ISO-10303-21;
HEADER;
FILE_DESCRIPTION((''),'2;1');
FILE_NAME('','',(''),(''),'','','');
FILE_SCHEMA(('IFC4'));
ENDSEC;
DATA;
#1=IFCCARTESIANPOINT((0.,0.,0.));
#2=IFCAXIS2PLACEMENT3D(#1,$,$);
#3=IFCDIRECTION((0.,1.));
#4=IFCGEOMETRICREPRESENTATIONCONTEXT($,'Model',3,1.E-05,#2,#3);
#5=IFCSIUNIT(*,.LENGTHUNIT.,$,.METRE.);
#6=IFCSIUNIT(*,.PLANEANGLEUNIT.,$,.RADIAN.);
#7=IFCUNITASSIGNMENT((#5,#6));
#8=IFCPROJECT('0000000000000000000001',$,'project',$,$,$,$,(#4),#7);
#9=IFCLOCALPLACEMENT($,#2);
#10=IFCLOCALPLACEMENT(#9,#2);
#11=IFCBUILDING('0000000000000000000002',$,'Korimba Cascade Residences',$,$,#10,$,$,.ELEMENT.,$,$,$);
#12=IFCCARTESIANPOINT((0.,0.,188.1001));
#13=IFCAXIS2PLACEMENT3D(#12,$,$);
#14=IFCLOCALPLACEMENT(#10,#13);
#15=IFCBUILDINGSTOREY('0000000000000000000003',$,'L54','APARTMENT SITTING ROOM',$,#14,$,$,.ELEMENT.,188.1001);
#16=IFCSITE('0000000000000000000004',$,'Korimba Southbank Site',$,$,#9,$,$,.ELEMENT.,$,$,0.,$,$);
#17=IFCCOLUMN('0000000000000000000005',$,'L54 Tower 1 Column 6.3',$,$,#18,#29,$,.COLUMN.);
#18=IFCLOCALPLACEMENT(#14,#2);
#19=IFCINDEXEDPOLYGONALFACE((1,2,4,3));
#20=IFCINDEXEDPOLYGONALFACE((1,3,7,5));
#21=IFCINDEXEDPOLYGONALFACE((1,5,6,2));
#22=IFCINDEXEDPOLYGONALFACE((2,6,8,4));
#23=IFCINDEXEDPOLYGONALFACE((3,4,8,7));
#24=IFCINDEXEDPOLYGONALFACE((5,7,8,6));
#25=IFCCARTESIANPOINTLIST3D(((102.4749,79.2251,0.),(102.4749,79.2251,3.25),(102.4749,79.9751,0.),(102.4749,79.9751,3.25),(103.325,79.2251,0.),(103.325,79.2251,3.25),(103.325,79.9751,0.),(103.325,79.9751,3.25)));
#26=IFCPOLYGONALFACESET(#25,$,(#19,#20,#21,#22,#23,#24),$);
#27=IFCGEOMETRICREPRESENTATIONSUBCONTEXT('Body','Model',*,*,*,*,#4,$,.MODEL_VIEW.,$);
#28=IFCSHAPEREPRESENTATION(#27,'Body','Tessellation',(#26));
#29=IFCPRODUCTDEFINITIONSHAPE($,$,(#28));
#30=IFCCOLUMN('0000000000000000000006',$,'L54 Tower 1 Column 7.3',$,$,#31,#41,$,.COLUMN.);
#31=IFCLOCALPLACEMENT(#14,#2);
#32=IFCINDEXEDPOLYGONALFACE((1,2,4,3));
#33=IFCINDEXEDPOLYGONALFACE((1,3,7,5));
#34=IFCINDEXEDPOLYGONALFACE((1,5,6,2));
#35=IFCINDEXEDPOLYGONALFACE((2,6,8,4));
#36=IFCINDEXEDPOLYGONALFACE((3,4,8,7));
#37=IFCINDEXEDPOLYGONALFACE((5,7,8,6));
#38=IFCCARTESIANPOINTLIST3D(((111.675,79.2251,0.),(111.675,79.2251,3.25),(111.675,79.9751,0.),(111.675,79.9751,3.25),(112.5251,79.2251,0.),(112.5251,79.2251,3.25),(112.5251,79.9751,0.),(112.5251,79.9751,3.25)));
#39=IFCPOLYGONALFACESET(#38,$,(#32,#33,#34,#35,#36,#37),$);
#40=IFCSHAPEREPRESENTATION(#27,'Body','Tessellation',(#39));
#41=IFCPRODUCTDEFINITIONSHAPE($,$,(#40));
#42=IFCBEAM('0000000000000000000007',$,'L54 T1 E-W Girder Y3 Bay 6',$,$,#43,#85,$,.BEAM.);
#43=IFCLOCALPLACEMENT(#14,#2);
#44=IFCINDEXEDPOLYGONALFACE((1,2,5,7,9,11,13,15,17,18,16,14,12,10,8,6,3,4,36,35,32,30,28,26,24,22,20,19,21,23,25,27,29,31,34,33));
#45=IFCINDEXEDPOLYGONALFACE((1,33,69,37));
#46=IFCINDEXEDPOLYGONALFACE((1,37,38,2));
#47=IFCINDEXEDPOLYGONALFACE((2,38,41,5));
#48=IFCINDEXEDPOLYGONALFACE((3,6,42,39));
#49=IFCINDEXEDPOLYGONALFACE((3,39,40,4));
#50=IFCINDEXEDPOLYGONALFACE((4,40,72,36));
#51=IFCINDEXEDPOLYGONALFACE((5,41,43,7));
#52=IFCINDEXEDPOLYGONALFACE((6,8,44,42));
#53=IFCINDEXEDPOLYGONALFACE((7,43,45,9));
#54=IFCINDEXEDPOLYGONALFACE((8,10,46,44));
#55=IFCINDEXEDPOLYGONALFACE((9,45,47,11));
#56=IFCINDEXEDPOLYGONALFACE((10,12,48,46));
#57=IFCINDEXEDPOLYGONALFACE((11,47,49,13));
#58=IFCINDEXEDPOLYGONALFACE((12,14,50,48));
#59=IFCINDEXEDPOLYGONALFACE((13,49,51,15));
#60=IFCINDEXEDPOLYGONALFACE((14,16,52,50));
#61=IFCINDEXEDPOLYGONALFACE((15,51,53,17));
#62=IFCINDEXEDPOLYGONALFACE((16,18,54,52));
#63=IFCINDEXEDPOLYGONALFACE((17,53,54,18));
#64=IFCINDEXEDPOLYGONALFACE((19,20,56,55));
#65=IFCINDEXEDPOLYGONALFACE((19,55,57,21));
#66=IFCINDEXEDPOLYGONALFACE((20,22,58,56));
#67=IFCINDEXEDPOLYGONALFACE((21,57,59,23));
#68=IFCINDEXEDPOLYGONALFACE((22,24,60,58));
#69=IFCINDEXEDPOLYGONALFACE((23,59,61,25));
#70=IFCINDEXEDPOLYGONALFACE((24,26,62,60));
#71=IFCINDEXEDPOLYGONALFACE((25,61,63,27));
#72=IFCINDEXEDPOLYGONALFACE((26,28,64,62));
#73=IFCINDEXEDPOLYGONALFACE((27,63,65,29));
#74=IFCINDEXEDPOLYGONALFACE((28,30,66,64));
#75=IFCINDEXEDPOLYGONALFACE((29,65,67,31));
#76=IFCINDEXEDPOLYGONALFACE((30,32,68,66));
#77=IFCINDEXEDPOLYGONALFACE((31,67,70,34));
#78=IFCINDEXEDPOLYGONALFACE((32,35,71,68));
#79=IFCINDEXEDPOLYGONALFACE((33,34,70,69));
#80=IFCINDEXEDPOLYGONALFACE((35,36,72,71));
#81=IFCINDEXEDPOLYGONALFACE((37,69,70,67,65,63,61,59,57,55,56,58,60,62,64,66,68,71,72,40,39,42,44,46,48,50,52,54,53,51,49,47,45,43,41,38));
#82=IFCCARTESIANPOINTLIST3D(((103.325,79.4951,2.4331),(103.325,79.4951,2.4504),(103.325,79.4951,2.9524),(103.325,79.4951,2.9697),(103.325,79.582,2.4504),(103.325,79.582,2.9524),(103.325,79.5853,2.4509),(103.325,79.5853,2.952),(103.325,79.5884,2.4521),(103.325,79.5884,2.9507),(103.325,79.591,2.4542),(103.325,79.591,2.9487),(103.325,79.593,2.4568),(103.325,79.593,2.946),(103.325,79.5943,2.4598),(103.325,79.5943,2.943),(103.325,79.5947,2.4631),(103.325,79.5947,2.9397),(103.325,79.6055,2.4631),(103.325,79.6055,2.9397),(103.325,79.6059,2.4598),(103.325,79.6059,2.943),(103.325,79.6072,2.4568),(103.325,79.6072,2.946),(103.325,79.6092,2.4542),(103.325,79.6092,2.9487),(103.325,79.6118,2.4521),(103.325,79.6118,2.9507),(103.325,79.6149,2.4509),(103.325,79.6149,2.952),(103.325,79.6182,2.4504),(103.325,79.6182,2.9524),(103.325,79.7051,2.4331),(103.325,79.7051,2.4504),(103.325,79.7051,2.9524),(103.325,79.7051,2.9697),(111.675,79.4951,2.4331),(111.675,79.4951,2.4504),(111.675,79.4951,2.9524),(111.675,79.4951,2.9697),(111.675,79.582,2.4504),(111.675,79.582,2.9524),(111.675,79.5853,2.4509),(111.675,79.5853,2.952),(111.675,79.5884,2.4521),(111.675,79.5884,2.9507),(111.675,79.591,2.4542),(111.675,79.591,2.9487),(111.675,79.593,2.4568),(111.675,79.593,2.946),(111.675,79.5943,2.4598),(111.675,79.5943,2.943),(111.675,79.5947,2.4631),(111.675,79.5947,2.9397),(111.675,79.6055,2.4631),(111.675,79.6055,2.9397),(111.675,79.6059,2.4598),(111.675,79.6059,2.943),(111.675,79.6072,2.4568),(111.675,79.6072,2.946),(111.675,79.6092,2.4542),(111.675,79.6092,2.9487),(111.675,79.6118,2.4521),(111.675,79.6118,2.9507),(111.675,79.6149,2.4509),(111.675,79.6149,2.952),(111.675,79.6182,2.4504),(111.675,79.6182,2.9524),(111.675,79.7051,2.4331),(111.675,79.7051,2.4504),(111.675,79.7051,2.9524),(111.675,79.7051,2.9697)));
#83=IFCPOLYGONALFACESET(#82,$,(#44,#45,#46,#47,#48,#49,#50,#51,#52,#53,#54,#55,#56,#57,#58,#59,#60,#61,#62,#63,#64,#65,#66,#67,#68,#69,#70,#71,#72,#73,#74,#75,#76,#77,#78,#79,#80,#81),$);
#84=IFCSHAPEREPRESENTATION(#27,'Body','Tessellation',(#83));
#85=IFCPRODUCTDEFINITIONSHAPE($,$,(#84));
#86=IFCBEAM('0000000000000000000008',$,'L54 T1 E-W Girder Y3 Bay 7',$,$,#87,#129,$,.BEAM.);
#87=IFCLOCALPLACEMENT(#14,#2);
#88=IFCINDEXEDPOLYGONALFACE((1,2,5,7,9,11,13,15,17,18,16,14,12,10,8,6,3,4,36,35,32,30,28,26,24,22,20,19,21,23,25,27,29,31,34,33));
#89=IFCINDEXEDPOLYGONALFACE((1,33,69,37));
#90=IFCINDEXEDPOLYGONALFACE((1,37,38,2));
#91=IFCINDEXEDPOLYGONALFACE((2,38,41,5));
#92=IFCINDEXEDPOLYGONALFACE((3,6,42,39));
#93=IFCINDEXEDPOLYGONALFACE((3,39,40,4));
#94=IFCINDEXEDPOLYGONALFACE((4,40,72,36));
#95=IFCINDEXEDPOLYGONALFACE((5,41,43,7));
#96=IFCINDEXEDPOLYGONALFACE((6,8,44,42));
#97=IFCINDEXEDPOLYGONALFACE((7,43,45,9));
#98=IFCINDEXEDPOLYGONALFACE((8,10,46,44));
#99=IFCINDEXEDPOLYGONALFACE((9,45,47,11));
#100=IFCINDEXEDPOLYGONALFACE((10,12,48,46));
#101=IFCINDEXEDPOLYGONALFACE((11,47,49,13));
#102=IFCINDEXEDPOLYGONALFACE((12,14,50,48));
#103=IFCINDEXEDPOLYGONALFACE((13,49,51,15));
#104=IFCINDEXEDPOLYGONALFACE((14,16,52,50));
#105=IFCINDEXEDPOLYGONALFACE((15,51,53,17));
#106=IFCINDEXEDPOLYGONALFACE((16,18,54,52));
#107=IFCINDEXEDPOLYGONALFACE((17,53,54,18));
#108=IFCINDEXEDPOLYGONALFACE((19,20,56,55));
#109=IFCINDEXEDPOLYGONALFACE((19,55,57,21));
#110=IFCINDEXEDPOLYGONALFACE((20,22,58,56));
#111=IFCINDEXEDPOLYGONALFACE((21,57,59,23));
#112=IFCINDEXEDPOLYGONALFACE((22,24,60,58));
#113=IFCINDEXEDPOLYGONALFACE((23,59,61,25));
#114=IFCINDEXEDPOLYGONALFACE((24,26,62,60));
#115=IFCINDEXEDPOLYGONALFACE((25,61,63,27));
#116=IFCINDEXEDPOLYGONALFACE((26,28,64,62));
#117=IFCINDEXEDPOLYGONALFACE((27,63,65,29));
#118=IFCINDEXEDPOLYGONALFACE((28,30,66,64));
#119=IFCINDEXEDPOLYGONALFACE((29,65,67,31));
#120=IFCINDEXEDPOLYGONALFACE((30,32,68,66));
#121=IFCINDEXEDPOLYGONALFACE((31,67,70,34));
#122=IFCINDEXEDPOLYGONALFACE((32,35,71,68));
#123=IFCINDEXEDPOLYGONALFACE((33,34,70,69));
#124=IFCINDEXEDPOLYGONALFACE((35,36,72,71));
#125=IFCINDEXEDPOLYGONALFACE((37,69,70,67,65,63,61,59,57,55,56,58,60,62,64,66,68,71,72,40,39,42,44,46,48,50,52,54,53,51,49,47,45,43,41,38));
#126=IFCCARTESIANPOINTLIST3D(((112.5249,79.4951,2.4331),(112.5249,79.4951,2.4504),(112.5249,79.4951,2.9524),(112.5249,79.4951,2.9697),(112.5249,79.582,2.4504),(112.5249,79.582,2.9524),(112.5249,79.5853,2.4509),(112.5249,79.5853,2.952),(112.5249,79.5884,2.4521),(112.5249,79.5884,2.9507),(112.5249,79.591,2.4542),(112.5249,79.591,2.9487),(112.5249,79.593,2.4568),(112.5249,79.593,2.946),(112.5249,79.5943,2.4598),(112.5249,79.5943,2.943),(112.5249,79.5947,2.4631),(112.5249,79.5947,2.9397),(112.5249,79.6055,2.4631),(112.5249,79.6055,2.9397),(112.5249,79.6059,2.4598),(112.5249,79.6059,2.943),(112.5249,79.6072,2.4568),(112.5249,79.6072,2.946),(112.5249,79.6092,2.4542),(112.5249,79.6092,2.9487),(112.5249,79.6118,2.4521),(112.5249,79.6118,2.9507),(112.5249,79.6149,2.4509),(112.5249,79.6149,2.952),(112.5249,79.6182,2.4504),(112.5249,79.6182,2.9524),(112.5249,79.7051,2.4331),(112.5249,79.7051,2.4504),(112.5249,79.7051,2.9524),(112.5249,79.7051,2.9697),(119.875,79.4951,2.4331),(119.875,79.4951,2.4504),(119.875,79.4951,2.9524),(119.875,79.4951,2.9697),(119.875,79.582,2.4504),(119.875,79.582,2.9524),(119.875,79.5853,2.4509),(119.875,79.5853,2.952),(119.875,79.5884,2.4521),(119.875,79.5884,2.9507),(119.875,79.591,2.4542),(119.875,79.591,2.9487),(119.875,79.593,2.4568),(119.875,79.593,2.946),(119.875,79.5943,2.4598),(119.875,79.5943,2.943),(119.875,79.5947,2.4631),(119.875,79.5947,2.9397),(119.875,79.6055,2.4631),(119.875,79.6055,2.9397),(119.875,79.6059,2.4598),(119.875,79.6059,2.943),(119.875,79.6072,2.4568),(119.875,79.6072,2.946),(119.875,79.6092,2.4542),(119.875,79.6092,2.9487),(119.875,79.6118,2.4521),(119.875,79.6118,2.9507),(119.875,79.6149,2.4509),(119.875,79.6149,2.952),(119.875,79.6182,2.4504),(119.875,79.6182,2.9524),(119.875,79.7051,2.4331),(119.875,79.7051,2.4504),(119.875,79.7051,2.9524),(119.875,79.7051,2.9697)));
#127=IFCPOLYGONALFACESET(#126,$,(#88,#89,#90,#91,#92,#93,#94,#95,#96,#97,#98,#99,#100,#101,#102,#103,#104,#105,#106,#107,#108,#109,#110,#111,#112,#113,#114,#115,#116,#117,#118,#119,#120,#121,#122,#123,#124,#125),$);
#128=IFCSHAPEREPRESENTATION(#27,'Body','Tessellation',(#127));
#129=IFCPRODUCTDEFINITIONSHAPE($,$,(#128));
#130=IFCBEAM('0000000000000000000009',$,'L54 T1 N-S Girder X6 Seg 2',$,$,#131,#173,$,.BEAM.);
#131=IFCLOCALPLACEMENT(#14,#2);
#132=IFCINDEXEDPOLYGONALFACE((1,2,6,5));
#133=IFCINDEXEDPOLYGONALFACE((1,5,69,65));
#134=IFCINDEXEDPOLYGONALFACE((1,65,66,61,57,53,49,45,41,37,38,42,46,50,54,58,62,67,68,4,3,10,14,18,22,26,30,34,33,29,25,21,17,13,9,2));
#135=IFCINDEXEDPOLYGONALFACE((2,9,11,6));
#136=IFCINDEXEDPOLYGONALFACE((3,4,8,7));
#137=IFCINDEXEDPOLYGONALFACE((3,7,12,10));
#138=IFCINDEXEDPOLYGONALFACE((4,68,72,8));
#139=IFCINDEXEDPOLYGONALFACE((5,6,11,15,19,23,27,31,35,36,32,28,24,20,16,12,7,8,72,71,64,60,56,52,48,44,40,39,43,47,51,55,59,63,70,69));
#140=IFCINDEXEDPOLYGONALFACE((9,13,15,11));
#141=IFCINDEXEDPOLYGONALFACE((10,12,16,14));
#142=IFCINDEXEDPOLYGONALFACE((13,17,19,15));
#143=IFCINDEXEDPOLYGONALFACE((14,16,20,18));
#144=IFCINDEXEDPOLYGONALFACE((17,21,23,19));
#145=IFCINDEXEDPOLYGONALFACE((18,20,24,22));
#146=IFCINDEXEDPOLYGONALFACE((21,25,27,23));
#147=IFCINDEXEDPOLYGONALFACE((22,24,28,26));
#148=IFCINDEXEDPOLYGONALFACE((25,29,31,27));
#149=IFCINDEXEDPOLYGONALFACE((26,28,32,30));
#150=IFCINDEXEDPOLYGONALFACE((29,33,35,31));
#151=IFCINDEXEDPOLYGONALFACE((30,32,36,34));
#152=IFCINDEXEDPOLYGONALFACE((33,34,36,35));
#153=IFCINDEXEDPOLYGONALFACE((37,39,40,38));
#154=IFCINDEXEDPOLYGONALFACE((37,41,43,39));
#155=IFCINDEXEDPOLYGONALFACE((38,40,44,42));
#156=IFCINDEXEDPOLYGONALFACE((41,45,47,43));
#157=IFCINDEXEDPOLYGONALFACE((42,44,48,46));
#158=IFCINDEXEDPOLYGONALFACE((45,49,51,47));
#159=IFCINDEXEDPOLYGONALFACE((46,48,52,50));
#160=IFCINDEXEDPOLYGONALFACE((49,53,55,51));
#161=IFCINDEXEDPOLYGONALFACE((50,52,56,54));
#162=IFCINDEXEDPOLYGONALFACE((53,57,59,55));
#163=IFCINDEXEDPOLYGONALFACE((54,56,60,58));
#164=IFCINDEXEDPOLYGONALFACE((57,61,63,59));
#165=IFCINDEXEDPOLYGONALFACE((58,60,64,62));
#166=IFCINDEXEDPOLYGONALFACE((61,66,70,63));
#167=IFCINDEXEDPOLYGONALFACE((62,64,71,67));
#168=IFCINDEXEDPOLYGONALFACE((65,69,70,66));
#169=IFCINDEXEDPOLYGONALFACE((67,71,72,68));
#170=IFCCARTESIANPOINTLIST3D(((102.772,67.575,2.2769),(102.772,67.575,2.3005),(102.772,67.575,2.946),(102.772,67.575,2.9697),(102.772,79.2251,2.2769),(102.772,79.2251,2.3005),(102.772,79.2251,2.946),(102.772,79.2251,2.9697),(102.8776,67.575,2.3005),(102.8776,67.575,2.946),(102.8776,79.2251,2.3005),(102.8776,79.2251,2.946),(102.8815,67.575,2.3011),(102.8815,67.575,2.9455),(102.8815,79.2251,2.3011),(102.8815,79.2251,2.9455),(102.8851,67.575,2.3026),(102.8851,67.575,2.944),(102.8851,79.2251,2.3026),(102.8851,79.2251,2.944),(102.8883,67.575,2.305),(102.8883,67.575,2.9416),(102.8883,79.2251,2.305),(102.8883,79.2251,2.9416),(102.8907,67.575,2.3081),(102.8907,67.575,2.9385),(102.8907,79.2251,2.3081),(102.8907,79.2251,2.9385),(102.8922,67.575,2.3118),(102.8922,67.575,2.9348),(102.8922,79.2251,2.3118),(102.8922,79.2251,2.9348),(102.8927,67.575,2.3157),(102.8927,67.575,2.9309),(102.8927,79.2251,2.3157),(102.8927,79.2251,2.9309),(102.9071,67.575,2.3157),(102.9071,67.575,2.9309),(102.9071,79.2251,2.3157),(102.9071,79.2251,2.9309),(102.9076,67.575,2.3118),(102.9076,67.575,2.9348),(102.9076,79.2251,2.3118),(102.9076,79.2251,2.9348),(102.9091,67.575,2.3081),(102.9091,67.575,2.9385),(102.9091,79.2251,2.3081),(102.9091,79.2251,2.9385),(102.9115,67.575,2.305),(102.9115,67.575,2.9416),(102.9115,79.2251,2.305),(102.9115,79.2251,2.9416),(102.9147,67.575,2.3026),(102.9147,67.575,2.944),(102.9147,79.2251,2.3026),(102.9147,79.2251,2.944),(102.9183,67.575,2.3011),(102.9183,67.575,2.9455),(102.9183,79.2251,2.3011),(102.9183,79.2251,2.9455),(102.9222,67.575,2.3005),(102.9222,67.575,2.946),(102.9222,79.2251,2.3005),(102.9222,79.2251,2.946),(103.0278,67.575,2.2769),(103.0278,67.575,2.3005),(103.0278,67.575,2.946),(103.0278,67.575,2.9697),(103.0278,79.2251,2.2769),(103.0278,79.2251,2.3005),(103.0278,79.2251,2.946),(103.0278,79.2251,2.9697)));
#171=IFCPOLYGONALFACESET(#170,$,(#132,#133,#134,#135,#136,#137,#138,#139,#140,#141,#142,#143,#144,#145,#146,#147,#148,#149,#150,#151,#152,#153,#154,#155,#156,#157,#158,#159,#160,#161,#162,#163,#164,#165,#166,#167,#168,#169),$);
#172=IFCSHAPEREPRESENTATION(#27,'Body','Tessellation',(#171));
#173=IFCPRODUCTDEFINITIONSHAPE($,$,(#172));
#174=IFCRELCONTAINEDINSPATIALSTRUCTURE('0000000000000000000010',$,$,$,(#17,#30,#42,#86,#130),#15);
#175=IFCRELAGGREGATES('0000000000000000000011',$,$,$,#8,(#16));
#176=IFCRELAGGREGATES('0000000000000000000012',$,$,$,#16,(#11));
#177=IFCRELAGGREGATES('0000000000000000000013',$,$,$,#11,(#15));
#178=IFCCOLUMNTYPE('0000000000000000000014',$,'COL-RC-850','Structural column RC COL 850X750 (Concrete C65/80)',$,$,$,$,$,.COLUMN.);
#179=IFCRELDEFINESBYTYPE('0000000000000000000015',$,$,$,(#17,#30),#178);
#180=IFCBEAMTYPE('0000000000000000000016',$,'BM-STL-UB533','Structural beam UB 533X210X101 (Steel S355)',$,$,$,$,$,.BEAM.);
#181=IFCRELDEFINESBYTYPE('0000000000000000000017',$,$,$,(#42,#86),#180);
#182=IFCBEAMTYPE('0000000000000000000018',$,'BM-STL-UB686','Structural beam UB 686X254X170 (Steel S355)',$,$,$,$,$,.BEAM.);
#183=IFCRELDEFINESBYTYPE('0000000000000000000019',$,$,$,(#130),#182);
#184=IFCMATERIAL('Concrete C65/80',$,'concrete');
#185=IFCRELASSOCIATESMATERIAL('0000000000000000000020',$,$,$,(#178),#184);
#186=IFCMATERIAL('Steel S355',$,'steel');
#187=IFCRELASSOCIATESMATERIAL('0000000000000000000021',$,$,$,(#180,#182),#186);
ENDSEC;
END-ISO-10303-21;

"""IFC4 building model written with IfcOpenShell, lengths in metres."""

from ifc_helpers import new_model, si_unit, direction, frame, origin, origin_2d, place, context, subcontext, project, spatial, rectangle, i_section, extrude, material, material_profile, profile_set, type_object, element, save


model = new_model("IFC4")

# Units and contexts
model_context = context("Model", 3, precision=1e-05, world=origin(), true_north=direction((0.0, 1.0)))
body_context = subcontext(model_context, "Body", "Model", "MODEL_VIEW")
ifc_project = project(units=[si_unit("LENGTHUNIT", "METRE"), si_unit("PLANEANGLEUNIT", "RADIAN")], contexts=[model_context])

# Site, building, storey
site_placement = place(None, origin())
site = spatial("IfcSite", under=ifc_project, at=site_placement, Name="Korimba Southbank Site", CompositionType="ELEMENT", RefElevation=0.0)
building_placement = place(site_placement, origin())
building = spatial("IfcBuilding", under=site, at=building_placement, Name="Korimba Cascade Residences", CompositionType="ELEMENT")
storey_placement = place(building_placement, frame((0.0, 0.0, 188.1001)))
storey = spatial("IfcBuildingStorey", under=building, at=storey_placement, Name="L54", Description="APARTMENT SITTING ROOM", CompositionType="ELEMENT", Elevation=188.1001)

# Columns
ifc_material_1 = material(Name="Concrete C65/80", Category="concrete")
ifc_material_profile_1 = material_profile(ifc_material_1, rectangle(XDim=0.8501, YDim=0.75, at=origin_2d()), Name="Concrete C65/80")
ifc_profile_set_1 = profile_set([ifc_material_profile_1], Name="Concrete C65/80")
column_type = type_object("IfcColumnType", Name="COL-RC-850", Description="Structural column RC COL 850X750 (Concrete C65/80)", PredefinedType="COLUMN", material=ifc_profile_set_1)
for number, where, z_axis, x_axis, name in (
    (1, (102.8999, 79.6001, 0.0), (0.0, 0.0, 1.0), (1.0, 0.0, 0.0), "L54 Tower 1 Column 6.3"),
    (2, (112.1001, 79.6001, 0.0), (0.0, 0.0, 1.0), (1.0, 0.0, 0.0), "L54 Tower 1 Column 7.3"),
):
    element("IfcColumn", number, at=place(storey_placement, frame(where, z_axis=z_axis, x_axis=x_axis)), inside=storey, type_object=column_type, Name=name, PredefinedType="COLUMN", context=body_context, shape_type="SweptSolid", body=[
        extrude(rectangle(XDim=0.8501, YDim=0.75, at=origin_2d()), origin(), (0.0, 0.0, 1.0), 3.25),
    ])

# Beams
ifc_material_2 = material(Name="Steel S355", Category="steel")
ifc_material_profile_2 = material_profile(ifc_material_2, i_section(OverallWidth=0.21, OverallDepth=0.5366, WebThickness=0.0107, FlangeThickness=0.0173, FilletRadius=0.0127, at=origin_2d()), Name="Steel S355")
ifc_profile_set_2 = profile_set([ifc_material_profile_2], Name="Steel S355")
beam_type_1 = type_object("IfcBeamType", Name="BM-STL-UB533", Description="Structural beam UB 533X210X101 (Steel S355)", PredefinedType="BEAM", material=ifc_profile_set_2)
beam_1_placement = place(storey_placement, frame((103.325, 79.6001, 2.7014), z_axis=(1.0, 0.0, 0.0), x_axis=(0.0, 1.0, 0.0)))
element("IfcBeam", 3, at=beam_1_placement, inside=storey, type_object=beam_type_1, Name="L54 T1 E-W Girder Y3 Bay 6", PredefinedType="BEAM", context=body_context, shape_type="SweptSolid", body=[
    extrude(i_section(OverallWidth=0.21, OverallDepth=0.5366, WebThickness=0.0107, FlangeThickness=0.0173, FilletRadius=0.0127, at=origin_2d()), origin(), (0.0, 0.0, 1.0), 8.3501),
])
beam_2_placement = place(storey_placement, frame((112.5249, 79.6001, 2.7014), z_axis=(1.0, 0.0, 0.0), x_axis=(0.0, 1.0, 0.0)))
element("IfcBeam", 4, at=beam_2_placement, inside=storey, type_object=beam_type_1, Name="L54 T1 E-W Girder Y3 Bay 7", PredefinedType="BEAM", context=body_context, shape_type="SweptSolid", body=[
    extrude(i_section(OverallWidth=0.21, OverallDepth=0.5366, WebThickness=0.0107, FlangeThickness=0.0173, FilletRadius=0.0127, at=origin_2d()), origin(), (0.0, 0.0, 1.0), 7.3501),
])
ifc_material_profile_3 = material_profile(ifc_material_2, i_section(OverallWidth=0.2559, OverallDepth=0.6929, WebThickness=0.0144, FlangeThickness=0.0237, FilletRadius=0.0151, at=origin_2d()), Name="Steel S355")
ifc_profile_set_3 = profile_set([ifc_material_profile_3], Name="Steel S355")
beam_type_2 = type_object("IfcBeamType", Name="BM-STL-UB686", Description="Structural beam UB 686X254X170 (Steel S355)", PredefinedType="BEAM", material=ifc_profile_set_3)
beam_3_placement = place(storey_placement, frame((102.8999, 67.575, 2.6233), z_axis=(0.0, 1.0, 0.0), x_axis=(-1.0, 0.0, 0.0)))
element("IfcBeam", 5, at=beam_3_placement, inside=storey, type_object=beam_type_2, Name="L54 T1 N-S Girder X6 Seg 2", PredefinedType="BEAM", context=body_context, shape_type="SweptSolid", body=[
    extrude(i_section(OverallWidth=0.2559, OverallDepth=0.6929, WebThickness=0.0144, FlangeThickness=0.0237, FilletRadius=0.0151, at=origin_2d()), origin(), (0.0, 0.0, 1.0), 11.6501),
])

save(model, "model.ifc")
